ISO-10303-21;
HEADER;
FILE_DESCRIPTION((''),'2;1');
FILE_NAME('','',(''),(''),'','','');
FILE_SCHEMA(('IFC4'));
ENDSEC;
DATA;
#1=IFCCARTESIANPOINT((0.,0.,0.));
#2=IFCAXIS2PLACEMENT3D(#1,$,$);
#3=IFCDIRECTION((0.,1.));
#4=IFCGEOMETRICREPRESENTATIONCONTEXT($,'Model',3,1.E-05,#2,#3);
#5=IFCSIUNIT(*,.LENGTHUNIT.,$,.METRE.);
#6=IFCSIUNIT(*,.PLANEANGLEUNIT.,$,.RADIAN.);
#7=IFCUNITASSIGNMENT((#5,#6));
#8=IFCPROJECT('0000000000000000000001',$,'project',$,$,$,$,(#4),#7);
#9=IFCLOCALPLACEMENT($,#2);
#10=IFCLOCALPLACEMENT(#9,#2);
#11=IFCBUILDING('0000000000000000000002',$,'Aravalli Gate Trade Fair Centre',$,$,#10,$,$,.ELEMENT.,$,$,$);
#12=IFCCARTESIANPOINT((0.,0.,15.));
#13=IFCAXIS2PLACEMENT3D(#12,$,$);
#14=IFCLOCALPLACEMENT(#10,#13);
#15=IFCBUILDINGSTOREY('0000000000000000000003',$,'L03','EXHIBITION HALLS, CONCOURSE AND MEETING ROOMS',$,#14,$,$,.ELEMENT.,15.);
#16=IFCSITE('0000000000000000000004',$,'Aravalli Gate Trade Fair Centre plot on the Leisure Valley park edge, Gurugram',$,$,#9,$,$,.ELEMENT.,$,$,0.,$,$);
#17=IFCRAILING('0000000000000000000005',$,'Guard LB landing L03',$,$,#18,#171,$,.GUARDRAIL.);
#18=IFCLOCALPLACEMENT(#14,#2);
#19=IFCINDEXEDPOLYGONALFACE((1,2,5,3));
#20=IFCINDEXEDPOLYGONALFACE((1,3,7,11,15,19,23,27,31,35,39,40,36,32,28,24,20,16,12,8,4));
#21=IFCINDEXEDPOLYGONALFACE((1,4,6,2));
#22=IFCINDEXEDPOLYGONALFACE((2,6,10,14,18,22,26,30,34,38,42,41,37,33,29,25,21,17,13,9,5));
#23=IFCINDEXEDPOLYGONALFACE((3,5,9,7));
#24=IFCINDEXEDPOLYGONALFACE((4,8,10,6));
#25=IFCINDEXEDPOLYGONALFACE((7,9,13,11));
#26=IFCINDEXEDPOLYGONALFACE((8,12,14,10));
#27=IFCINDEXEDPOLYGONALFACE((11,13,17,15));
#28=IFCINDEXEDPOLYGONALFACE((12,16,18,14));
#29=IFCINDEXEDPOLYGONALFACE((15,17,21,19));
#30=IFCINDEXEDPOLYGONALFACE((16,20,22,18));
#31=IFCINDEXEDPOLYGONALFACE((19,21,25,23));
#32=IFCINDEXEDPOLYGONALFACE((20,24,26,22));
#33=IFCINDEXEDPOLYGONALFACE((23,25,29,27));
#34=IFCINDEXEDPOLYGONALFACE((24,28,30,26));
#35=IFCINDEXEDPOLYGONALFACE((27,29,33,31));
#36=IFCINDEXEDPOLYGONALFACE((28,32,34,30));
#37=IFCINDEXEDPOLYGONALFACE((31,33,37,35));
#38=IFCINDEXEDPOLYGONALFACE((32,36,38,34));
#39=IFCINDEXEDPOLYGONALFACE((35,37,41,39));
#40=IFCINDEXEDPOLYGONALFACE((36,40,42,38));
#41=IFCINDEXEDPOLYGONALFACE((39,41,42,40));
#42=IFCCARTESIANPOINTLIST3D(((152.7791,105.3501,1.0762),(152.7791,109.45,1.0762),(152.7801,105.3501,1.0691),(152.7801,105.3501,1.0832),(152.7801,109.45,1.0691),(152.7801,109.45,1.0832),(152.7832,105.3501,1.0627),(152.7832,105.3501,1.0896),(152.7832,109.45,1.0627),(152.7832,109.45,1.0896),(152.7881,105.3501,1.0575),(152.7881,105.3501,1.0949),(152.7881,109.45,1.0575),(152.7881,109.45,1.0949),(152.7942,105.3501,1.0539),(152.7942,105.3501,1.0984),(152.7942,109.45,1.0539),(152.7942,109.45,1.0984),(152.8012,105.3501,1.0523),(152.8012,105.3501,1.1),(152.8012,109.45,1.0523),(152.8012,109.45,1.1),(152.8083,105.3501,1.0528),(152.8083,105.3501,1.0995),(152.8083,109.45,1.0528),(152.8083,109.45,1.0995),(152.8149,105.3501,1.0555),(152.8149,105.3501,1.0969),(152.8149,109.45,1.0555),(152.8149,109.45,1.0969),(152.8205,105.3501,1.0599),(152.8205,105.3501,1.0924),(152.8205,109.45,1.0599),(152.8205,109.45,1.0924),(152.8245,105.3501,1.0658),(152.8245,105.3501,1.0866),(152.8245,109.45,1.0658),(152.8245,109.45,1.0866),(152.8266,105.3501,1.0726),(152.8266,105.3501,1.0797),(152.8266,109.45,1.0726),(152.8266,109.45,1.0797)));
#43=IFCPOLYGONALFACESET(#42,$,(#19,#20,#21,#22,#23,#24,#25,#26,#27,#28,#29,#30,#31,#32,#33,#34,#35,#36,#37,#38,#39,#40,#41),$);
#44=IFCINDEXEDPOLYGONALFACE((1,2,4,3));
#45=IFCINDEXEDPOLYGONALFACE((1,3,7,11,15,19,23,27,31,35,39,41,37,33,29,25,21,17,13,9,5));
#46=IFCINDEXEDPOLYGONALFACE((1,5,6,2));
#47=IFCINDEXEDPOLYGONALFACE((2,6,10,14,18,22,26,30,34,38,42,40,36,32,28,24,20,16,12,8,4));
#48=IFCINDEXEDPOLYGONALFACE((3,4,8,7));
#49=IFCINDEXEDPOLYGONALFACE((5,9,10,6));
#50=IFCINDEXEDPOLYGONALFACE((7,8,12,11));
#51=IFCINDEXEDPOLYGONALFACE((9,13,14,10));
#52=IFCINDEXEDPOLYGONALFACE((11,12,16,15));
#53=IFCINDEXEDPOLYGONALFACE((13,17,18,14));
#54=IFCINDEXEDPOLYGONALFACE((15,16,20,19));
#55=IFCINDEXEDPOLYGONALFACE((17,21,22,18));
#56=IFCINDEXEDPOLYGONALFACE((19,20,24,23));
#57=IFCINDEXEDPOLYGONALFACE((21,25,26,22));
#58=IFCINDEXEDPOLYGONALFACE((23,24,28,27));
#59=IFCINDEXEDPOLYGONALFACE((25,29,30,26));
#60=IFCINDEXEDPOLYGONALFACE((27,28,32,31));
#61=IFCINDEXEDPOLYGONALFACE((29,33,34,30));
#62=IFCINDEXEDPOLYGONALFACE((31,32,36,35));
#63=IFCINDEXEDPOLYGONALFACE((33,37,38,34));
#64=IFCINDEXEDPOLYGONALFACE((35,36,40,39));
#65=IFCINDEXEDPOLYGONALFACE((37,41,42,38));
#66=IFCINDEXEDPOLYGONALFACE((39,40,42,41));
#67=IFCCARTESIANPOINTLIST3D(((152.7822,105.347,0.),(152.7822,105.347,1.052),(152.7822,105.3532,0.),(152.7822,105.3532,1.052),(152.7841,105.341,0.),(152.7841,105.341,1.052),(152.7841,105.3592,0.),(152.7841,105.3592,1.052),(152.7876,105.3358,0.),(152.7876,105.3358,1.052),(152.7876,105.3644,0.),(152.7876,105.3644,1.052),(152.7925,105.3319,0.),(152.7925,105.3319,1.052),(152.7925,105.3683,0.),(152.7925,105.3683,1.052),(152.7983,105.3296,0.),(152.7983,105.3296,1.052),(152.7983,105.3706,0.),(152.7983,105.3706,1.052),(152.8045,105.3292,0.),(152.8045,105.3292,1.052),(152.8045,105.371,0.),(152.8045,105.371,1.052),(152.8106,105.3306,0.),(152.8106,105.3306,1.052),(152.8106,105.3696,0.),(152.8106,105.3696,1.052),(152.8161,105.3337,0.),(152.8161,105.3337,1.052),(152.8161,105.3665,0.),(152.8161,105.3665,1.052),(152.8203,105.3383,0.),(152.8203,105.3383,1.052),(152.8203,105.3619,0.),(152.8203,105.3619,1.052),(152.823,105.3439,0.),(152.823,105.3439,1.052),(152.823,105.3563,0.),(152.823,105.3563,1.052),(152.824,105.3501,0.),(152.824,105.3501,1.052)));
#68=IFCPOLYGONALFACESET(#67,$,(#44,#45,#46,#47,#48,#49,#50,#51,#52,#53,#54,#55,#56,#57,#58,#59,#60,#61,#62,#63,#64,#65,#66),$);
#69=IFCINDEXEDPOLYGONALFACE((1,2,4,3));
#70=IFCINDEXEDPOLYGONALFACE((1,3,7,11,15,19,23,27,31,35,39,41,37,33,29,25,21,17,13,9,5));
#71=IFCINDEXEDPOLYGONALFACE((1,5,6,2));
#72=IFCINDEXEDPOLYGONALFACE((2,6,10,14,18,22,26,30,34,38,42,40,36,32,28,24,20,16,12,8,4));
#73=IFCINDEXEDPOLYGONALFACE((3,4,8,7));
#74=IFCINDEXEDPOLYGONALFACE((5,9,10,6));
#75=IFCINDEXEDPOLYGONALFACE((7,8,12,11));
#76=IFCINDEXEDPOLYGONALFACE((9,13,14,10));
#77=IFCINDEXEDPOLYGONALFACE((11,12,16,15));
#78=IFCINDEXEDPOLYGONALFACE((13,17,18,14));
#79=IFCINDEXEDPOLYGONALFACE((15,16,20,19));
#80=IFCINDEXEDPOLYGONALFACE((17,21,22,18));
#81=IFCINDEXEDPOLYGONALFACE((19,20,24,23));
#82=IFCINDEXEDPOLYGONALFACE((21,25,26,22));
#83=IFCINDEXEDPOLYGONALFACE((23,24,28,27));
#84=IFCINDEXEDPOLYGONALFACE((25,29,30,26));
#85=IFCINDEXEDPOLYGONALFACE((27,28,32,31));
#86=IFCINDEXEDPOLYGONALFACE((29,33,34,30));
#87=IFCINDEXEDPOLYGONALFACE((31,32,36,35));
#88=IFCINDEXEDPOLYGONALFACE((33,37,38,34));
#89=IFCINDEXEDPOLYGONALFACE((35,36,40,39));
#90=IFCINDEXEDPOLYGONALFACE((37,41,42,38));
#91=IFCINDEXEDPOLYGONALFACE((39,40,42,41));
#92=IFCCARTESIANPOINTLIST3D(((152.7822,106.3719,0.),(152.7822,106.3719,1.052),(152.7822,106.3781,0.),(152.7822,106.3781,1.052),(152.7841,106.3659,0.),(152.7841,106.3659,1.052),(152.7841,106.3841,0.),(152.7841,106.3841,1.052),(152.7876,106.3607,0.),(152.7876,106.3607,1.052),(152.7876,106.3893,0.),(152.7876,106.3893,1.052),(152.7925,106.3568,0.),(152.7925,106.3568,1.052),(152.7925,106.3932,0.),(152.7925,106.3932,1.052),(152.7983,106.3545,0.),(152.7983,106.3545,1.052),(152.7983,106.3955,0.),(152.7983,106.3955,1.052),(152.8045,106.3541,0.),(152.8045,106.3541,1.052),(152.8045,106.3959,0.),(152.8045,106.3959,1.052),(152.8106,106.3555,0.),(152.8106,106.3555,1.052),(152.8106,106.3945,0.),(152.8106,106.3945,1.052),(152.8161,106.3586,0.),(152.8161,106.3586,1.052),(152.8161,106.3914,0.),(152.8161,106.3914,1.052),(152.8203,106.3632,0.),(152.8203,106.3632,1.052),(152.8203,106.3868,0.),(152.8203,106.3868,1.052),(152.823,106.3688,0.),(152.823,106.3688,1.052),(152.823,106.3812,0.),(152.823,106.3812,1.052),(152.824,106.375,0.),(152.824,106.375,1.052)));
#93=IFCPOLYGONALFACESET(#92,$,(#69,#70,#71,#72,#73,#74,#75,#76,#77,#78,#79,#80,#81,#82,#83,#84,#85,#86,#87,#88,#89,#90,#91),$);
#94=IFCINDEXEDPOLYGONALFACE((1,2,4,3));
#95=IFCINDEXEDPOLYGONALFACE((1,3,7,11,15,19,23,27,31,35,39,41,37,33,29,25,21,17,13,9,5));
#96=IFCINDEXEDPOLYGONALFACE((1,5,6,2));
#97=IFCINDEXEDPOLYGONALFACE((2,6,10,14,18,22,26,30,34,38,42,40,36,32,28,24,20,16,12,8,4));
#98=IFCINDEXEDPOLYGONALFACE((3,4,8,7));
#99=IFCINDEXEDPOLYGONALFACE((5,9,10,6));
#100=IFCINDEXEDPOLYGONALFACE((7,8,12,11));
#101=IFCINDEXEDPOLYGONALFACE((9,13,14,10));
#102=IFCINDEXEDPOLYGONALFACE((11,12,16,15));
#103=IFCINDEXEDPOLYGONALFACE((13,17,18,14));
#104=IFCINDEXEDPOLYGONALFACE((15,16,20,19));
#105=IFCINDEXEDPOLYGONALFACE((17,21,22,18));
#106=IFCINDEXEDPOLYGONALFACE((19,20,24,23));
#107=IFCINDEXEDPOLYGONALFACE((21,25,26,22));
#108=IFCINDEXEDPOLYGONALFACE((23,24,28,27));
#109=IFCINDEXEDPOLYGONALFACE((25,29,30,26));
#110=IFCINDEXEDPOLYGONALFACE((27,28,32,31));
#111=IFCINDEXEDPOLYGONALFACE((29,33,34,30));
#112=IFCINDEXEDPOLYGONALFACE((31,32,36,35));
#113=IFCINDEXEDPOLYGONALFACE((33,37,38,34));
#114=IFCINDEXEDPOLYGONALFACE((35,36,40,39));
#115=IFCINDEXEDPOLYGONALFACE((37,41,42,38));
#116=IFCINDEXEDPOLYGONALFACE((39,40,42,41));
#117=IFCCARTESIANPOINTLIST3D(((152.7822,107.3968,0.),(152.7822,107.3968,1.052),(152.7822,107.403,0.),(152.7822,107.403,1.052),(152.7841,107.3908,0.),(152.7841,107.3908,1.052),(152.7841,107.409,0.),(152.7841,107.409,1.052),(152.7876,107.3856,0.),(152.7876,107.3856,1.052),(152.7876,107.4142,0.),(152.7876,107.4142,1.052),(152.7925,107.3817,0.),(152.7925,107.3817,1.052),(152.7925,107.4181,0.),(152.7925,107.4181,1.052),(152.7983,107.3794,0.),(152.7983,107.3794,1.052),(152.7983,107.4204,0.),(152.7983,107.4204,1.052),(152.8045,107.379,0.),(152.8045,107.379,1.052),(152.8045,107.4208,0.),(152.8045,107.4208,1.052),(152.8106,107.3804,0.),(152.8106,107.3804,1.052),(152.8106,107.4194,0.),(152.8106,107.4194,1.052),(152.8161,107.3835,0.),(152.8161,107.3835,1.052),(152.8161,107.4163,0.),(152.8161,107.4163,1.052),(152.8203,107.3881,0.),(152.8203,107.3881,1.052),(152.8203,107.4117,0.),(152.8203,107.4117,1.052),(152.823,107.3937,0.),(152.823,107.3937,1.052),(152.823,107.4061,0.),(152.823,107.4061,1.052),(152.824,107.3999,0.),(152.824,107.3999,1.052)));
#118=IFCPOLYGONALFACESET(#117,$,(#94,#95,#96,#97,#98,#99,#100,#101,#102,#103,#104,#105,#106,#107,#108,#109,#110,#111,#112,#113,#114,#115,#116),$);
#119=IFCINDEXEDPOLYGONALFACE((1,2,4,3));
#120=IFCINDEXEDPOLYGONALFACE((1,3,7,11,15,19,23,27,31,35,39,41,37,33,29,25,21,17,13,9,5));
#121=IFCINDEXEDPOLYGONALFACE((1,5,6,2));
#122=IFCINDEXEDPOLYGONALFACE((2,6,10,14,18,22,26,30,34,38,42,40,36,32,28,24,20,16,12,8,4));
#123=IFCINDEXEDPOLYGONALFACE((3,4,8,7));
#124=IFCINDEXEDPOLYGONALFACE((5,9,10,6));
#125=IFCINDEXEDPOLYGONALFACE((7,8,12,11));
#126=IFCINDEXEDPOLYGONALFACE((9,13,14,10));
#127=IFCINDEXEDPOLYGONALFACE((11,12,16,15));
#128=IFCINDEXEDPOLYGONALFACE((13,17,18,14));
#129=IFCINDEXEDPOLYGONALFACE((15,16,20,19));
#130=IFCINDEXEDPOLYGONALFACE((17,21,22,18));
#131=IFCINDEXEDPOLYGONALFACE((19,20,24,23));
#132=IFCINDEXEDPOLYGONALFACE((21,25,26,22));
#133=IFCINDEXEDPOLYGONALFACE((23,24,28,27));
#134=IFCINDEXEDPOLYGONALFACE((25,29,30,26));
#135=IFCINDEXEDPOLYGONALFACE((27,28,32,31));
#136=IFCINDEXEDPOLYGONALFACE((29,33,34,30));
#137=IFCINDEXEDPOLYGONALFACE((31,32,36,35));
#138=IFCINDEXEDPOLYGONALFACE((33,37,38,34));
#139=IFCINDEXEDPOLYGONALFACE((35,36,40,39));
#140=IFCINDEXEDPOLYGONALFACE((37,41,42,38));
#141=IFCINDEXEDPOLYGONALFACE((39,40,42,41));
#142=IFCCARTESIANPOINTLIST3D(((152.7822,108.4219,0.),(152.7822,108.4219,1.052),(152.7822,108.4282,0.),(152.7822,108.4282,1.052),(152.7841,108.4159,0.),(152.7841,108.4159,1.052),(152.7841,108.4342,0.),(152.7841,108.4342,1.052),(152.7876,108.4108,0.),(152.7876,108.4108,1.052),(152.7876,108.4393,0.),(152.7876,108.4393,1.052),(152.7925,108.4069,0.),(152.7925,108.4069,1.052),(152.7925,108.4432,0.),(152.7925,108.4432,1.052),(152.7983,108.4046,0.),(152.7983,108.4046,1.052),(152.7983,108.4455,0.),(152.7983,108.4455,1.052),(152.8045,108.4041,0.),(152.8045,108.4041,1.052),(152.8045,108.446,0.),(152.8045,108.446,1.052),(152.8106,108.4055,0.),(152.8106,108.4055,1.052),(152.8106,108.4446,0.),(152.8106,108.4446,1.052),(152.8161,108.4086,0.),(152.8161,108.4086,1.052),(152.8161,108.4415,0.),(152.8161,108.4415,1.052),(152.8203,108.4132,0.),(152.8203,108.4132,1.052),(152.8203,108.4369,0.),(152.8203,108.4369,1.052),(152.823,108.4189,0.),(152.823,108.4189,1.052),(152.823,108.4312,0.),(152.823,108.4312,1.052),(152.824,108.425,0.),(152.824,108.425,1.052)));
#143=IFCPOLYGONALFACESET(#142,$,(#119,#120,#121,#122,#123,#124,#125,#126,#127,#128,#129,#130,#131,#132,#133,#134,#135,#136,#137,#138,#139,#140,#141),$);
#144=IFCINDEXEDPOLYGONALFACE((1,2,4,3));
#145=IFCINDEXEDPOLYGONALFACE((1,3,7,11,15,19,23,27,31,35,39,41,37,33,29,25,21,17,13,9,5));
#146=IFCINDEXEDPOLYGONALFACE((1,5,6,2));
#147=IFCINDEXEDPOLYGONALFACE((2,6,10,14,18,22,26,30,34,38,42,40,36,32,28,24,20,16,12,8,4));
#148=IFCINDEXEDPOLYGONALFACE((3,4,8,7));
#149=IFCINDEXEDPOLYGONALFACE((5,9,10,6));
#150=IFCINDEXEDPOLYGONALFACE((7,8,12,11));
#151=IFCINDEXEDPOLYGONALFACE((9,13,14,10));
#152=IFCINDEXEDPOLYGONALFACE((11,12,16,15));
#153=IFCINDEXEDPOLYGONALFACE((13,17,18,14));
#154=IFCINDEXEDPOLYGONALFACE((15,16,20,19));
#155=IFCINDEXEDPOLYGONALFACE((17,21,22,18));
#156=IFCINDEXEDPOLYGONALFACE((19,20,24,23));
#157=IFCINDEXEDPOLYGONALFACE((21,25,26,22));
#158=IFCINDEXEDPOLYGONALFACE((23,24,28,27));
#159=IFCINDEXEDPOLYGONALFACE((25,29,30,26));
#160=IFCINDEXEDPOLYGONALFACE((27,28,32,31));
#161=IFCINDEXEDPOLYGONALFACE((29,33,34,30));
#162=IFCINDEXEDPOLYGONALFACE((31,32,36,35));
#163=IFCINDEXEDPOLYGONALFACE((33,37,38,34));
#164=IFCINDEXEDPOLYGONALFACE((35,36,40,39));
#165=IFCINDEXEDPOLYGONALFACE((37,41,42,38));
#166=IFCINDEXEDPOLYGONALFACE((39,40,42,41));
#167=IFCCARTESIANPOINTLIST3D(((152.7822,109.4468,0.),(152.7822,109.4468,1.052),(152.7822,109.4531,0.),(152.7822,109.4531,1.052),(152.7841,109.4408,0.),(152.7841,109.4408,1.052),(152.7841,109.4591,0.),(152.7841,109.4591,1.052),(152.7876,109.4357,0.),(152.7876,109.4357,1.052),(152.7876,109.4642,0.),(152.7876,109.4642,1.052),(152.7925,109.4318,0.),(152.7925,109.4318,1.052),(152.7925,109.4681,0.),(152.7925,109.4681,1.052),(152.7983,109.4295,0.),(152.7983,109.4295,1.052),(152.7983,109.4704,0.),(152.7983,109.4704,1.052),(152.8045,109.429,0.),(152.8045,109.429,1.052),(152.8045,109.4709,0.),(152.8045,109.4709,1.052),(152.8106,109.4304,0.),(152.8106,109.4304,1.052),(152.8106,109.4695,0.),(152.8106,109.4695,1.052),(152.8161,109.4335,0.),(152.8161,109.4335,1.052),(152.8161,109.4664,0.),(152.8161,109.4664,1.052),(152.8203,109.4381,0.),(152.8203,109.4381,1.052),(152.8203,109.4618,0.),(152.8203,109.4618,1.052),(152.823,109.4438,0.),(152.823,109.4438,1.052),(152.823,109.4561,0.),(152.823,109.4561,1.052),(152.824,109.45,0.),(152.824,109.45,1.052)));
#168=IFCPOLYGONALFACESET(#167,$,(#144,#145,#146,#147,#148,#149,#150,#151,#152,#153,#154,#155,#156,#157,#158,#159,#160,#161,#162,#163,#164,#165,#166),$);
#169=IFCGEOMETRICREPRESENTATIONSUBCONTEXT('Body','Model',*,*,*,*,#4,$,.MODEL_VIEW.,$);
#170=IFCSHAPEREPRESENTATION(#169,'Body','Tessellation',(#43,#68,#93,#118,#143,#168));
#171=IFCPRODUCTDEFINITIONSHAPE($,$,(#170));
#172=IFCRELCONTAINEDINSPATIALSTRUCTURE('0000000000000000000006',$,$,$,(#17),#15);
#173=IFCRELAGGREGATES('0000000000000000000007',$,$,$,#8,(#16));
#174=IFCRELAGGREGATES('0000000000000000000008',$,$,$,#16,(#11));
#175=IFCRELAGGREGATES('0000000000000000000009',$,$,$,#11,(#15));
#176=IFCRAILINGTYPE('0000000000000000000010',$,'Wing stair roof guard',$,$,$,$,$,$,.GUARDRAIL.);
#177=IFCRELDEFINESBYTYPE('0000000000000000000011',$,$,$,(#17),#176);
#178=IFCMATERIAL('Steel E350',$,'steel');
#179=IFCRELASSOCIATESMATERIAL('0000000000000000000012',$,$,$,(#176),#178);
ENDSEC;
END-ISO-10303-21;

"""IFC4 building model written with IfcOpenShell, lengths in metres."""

from ifc_helpers import new_model, si_unit, direction, frame, origin, origin_2d, place, context, subcontext, project, spatial, circle, extrude, material, type_object, element, save


model = new_model("IFC4")

# Units and contexts
model_context = context("Model", 3, precision=1e-05, world=origin(), true_north=direction((0.0, 1.0)))
body_context = subcontext(model_context, "Body", "Model", "MODEL_VIEW")
ifc_project = project(units=[si_unit("LENGTHUNIT", "METRE"), si_unit("PLANEANGLEUNIT", "RADIAN")], contexts=[model_context])

# Site, building, storey
site_placement = place(None, origin())
site = spatial("IfcSite", under=ifc_project, at=site_placement, Name="Aravalli Gate Trade Fair Centre plot on the Leisure Valley park edge, Gurugram", CompositionType="ELEMENT", RefElevation=0.0)
building_placement = place(site_placement, origin())
building = spatial("IfcBuilding", under=site, at=building_placement, Name="Aravalli Gate Trade Fair Centre", CompositionType="ELEMENT")
storey_placement = place(building_placement, frame((0.0, 0.0, 15.0)))
storey = spatial("IfcBuildingStorey", under=building, at=storey_placement, Name="L03", Description="EXHIBITION HALLS, CONCOURSE AND MEETING ROOMS", CompositionType="ELEMENT", Elevation=15.0)

# Shared definitions
ifc_material_1 = material(Name="Steel E350", Category="steel")

# Railing
railing_type = type_object("IfcRailingType", Name="Wing stair roof guard", PredefinedType="GUARDRAIL", material=ifc_material_1)
railing_placement = place(storey_placement, frame((152.803, 105.3501, 0.0)))
element("IfcRailing", 1, at=railing_placement, inside=storey, type_object=railing_type, Name="Guard LB landing L03", PredefinedType="GUARDRAIL", context=body_context, shape_type="SweptSolid", body=[
    extrude(circle(Radius=0.0239, at=origin_2d()), frame((0.0, 0.0, 1.0762), z_axis=(0.0, 1.0, 0.0), x_axis=(-1.0, 0.0, 0.0)), (0.0, 0.0, 1.0), 4.0999),
    extrude(circle(Radius=0.021, at=origin_2d()), origin(), (0.0, 0.0, 1.0), 1.052),
    extrude(circle(Radius=0.021, at=origin_2d()), frame((0.0, 1.0249, 0.0)), (0.0, 0.0, 1.0), 1.052),
    extrude(circle(Radius=0.021, at=origin_2d()), frame((0.0, 2.0498, 0.0)), (0.0, 0.0, 1.0), 1.052),
    extrude(circle(Radius=0.021, at=origin_2d()), frame((0.0, 3.075, 0.0)), (0.0, 0.0, 1.0), 1.052),
    extrude(circle(Radius=0.021, at=origin_2d()), frame((0.0, 4.0999, 0.0)), (0.0, 0.0, 1.0), 1.052),
])

save(model, "model.ifc")
